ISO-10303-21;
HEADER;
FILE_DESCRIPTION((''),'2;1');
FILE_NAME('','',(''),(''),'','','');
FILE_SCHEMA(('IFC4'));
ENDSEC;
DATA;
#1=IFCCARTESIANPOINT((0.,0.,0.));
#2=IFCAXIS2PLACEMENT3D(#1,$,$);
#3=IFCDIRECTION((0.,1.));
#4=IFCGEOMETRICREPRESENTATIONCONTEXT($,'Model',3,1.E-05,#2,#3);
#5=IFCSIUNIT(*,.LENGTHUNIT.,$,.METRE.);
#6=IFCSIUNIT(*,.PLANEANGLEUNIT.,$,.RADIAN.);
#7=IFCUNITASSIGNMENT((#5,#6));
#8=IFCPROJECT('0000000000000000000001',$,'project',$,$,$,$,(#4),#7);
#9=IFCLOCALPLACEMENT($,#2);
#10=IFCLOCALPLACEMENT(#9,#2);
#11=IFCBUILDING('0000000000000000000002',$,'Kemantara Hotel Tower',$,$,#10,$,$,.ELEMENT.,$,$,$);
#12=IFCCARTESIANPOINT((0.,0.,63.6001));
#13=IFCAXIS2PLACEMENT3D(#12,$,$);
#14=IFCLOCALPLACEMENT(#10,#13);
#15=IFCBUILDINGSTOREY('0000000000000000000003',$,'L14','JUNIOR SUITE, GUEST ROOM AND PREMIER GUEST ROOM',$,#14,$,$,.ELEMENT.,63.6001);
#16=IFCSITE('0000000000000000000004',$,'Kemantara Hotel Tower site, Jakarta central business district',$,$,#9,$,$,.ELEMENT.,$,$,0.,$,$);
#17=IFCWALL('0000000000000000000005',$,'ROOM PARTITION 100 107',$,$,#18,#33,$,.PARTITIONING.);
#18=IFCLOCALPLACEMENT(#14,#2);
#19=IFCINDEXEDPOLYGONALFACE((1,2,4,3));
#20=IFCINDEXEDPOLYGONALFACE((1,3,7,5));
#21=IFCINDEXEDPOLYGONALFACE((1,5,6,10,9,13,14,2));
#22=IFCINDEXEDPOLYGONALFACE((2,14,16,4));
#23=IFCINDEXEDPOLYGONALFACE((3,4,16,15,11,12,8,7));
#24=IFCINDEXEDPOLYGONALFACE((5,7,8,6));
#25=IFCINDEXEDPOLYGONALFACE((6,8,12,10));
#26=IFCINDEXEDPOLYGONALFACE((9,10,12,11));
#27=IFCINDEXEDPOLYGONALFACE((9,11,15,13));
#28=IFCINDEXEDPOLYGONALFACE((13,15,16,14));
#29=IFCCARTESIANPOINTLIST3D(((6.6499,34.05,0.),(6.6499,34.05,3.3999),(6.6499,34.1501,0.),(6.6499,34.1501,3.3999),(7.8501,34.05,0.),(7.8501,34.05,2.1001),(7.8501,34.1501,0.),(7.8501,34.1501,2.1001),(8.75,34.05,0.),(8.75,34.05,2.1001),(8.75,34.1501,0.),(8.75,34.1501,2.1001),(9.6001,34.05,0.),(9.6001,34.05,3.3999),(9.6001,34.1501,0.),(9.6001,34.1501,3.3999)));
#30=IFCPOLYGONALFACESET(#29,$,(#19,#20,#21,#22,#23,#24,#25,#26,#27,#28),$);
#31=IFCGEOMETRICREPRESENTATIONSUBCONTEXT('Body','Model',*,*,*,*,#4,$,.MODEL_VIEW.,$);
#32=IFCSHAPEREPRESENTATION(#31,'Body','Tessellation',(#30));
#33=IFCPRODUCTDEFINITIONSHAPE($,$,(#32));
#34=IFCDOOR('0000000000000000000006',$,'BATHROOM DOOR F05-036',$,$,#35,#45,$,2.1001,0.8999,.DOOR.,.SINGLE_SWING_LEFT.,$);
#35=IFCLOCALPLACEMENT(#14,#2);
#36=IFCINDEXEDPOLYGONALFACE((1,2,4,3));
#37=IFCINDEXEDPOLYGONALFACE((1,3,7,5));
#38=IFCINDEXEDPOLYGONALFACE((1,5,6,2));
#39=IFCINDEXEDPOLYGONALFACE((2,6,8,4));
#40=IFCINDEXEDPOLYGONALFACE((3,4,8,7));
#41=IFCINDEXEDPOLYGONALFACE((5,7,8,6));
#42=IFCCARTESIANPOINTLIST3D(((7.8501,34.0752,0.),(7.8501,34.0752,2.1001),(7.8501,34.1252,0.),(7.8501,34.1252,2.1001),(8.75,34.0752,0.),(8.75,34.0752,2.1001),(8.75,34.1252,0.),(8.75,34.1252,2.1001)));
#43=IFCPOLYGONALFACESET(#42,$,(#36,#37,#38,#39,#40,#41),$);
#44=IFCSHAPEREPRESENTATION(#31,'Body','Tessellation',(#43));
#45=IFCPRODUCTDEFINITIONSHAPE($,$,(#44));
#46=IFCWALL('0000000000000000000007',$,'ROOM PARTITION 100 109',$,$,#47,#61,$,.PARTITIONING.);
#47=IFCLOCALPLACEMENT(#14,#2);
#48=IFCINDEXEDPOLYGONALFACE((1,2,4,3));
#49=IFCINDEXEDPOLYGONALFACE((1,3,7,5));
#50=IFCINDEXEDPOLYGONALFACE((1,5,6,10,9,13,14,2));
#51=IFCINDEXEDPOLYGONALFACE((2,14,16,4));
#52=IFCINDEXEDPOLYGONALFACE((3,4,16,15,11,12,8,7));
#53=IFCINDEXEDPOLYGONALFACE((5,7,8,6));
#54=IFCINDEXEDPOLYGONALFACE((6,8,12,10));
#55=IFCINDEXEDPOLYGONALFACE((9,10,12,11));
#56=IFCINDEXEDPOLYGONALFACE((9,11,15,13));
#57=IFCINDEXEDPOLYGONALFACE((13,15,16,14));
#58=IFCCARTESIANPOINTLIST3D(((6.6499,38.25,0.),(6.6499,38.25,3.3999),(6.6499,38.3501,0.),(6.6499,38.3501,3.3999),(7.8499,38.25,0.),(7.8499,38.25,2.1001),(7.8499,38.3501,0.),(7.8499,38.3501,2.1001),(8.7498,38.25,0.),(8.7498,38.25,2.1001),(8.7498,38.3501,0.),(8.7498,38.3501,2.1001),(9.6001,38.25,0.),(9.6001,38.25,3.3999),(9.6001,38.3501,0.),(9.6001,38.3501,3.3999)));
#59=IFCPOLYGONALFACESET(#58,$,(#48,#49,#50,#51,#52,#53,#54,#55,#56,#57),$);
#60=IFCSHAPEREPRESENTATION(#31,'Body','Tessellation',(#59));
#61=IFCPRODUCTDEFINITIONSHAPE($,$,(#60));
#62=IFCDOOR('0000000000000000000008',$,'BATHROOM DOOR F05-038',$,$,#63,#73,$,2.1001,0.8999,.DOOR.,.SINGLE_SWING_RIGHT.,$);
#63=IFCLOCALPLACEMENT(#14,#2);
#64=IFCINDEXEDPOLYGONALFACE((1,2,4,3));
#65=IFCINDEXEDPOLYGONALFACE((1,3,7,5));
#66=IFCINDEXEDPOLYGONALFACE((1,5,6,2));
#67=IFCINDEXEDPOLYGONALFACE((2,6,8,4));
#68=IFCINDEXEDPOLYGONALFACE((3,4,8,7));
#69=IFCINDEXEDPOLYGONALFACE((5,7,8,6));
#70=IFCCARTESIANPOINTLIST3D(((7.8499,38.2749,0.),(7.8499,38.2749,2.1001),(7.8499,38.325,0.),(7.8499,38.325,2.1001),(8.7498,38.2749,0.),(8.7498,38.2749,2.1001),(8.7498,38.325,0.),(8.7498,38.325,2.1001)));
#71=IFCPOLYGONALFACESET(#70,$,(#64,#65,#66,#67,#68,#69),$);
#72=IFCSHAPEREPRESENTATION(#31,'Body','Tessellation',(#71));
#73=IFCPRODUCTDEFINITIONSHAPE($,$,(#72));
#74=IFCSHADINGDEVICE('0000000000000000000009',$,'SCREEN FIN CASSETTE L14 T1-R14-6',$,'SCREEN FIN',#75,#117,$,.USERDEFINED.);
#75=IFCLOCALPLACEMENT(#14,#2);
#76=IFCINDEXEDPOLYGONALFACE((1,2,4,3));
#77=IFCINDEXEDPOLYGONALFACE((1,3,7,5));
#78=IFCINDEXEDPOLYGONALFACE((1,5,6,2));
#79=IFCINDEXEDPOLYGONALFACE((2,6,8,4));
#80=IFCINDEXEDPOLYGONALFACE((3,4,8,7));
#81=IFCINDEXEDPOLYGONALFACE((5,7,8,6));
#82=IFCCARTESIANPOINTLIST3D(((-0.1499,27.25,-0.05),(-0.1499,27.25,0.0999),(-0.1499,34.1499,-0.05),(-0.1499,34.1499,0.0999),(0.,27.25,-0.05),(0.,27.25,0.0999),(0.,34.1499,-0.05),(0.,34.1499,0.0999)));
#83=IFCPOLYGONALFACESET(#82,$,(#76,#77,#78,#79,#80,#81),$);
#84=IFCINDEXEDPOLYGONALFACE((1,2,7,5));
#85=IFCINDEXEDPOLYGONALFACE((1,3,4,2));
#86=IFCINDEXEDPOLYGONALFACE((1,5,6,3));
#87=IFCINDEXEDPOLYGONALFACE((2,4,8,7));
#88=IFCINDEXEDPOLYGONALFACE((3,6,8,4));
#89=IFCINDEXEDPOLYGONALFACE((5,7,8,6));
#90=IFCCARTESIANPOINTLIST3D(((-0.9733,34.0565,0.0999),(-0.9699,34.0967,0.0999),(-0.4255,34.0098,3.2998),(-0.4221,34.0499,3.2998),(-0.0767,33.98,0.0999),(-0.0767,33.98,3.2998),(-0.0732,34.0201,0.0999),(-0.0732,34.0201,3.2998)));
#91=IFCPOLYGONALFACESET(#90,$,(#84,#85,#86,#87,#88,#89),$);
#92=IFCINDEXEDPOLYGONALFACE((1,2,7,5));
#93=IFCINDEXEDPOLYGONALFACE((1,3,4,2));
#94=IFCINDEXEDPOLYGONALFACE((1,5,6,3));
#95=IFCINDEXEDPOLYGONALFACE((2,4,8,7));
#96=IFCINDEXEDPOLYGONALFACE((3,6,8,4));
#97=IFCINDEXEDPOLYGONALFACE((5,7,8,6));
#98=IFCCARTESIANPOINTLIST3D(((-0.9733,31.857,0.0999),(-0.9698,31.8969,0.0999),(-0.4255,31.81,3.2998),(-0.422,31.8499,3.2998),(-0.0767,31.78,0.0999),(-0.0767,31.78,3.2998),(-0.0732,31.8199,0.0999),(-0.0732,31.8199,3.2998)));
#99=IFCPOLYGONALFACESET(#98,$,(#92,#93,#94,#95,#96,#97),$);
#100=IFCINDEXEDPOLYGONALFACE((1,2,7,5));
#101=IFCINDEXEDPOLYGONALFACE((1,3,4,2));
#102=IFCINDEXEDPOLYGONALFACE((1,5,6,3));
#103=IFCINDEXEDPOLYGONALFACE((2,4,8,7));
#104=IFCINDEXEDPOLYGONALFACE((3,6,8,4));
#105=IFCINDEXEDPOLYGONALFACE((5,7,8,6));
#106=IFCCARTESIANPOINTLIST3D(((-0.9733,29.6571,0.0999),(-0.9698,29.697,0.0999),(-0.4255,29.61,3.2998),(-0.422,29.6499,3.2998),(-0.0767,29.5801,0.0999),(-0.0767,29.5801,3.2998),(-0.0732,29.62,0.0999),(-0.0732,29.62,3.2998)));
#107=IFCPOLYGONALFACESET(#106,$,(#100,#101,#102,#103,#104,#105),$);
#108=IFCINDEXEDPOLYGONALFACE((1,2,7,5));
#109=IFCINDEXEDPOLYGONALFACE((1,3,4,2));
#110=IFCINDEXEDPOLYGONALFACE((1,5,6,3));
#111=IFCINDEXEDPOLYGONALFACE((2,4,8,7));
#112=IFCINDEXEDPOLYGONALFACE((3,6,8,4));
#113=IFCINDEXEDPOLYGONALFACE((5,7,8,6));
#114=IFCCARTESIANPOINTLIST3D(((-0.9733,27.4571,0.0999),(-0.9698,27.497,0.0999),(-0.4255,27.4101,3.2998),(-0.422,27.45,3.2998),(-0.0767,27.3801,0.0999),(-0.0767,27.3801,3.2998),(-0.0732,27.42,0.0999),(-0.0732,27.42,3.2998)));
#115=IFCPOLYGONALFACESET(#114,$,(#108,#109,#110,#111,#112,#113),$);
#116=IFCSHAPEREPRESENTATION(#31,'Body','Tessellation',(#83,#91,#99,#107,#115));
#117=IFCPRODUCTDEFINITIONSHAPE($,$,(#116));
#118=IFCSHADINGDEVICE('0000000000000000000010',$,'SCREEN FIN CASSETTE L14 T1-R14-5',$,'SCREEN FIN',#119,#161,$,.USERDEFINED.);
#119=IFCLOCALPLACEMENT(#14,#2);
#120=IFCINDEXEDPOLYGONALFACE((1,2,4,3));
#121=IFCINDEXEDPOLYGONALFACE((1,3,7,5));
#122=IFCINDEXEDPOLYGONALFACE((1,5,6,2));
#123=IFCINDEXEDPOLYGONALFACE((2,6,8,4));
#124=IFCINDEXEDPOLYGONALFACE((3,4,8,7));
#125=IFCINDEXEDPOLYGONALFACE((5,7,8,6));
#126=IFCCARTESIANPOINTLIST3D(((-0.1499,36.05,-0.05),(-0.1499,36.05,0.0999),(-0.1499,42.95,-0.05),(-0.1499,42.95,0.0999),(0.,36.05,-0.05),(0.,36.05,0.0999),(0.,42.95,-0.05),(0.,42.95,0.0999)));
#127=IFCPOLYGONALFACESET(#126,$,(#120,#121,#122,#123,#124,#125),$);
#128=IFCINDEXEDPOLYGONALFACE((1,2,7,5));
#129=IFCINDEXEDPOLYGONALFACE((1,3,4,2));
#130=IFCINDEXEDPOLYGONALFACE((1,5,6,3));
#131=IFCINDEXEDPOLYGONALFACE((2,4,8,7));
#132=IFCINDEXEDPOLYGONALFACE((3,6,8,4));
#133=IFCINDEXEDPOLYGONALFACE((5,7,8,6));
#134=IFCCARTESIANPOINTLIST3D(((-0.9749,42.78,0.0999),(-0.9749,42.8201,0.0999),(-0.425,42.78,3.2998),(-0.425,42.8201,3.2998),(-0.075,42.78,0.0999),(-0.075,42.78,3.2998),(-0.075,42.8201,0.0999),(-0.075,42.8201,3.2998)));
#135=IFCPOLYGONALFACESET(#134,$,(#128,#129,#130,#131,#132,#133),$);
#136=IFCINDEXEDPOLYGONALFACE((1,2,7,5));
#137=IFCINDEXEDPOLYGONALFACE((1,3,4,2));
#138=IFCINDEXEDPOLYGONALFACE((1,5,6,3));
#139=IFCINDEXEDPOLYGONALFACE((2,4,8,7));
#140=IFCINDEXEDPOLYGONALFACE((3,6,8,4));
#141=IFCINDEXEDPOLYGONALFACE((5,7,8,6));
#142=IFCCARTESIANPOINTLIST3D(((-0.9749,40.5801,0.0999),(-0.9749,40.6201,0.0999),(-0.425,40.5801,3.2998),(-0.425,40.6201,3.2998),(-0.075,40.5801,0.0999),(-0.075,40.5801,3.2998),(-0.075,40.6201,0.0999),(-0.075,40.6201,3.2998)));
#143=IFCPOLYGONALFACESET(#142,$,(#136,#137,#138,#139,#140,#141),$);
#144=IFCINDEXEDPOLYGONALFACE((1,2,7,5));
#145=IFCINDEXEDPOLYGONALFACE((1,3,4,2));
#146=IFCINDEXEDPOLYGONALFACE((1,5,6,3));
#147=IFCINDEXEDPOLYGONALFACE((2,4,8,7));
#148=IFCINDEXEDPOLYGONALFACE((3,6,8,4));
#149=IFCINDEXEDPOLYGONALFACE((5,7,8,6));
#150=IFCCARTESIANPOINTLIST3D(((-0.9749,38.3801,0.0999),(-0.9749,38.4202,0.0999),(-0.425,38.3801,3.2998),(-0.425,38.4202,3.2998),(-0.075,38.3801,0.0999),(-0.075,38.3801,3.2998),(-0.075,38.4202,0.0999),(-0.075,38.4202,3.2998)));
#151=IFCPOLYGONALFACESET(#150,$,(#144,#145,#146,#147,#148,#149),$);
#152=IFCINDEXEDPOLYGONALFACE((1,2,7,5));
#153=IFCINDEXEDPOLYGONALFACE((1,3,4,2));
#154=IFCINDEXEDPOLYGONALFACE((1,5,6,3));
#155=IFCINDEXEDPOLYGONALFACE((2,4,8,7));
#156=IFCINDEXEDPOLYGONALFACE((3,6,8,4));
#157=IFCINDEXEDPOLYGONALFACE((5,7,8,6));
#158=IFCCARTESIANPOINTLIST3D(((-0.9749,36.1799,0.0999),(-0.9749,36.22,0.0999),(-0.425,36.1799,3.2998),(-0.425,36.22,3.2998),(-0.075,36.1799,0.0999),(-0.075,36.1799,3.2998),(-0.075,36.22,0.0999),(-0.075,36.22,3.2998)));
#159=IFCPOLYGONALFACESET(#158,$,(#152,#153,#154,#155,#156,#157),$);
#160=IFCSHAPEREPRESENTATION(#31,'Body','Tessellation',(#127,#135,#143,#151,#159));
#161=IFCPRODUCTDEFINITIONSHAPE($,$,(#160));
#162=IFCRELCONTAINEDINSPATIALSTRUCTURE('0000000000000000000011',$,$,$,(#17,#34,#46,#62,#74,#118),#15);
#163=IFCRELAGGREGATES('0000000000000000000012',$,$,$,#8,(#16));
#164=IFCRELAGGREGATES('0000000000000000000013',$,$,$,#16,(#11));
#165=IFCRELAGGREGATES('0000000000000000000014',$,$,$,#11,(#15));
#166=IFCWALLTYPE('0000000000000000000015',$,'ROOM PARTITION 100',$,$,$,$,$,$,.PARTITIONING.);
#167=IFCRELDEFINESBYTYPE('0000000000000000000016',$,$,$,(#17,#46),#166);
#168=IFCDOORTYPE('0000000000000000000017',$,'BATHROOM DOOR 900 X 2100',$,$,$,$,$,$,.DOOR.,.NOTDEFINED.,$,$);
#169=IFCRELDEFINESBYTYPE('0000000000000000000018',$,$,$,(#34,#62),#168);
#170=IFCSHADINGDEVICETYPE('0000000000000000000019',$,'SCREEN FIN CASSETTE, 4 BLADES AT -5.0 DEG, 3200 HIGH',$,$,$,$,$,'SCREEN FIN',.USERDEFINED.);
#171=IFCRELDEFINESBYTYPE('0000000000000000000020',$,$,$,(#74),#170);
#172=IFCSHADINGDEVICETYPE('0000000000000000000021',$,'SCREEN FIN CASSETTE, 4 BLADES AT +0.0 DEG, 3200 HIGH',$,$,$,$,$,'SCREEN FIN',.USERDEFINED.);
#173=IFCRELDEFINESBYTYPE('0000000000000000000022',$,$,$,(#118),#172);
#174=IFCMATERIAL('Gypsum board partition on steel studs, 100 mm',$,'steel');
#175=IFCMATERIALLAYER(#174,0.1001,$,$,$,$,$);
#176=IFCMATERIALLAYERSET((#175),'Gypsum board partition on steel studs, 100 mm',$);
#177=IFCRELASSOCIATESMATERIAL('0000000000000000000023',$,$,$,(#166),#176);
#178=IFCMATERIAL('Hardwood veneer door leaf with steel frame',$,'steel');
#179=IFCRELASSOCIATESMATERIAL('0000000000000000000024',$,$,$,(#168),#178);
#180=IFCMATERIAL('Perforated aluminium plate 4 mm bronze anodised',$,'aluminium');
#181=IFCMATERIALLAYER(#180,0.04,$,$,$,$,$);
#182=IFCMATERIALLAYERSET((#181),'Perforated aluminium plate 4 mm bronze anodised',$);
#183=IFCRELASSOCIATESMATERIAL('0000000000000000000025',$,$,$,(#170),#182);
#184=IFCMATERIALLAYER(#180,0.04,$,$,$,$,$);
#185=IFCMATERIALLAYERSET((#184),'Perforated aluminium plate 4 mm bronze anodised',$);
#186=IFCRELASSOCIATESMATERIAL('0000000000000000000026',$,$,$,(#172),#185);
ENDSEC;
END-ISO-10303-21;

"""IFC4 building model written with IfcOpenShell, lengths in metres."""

from ifc_helpers import new_model, si_unit, direction, frame, frame_2d, origin, origin_2d, place, context, subcontext, project, spatial, polyline, rectangle, outline, extrude, source, transform, mapped, material, layer, layer_set, type_object, element, fill, save


model = new_model("IFC4")

# Units and contexts
model_context = context("Model", 3, precision=1e-05, world=origin(), true_north=direction((0.0, 1.0)))
body_context = subcontext(model_context, "Body", "Model", "MODEL_VIEW")
ifc_project = project(units=[si_unit("LENGTHUNIT", "METRE"), si_unit("PLANEANGLEUNIT", "RADIAN")], contexts=[model_context])

# Site, building, storey
site_placement = place(None, origin())
site = spatial("IfcSite", under=ifc_project, at=site_placement, Name="Kemantara Hotel Tower site, Jakarta central business district", CompositionType="ELEMENT", RefElevation=0.0)
building_placement = place(site_placement, origin())
building = spatial("IfcBuilding", under=site, at=building_placement, Name="Kemantara Hotel Tower", CompositionType="ELEMENT")
storey_placement = place(building_placement, frame((0.0, 0.0, 63.6001)))
storey = spatial("IfcBuildingStorey", under=building, at=storey_placement, Name="L14", Description="JUNIOR SUITE, GUEST ROOM AND PREMIER GUEST ROOM", CompositionType="ELEMENT", Elevation=63.6001)

# Shared definitions
ifc_material_1 = material(Name="Hardwood veneer door leaf with steel frame", Category="steel")

# Shared definitions
ifc_material_2 = material(Name="Gypsum board partition on steel studs, 100 mm", Category="steel")
ifc_layer_1 = layer(ifc_material_2, 0.1001)
ifc_layer_set_1 = layer_set([ifc_layer_1], Name="Gypsum board partition on steel studs, 100 mm")
wall_type_1 = type_object("IfcWallType", Name="ROOM PARTITION 100", PredefinedType="PARTITIONING", material=ifc_layer_set_1)

# Walls, openings, doors
wall_1_placement = place(storey_placement, frame((9.6001, 34.1001, 0.0), z_axis=(0.0, 0.0, 1.0), x_axis=(-1.0, 0.0, 0.0)))
wall_1 = element("IfcWall", 1, at=wall_1_placement, inside=storey, type_object=wall_type_1, Name="ROOM PARTITION 100 107", PredefinedType="PARTITIONING", context=body_context, shape_type="SweptSolid", body=[
    extrude(rectangle(XDim=2.9502, YDim=0.1001, at=frame_2d((1.4751, 0.0))), origin(), (0.0, 0.0, 1.0), 3.3999),
])
opening_1_placement = place(wall_1_placement, frame((0.8501, 0.0, 0.0)))
opening_1 = element("IfcOpeningElement", 2, at=opening_1_placement, cuts=wall_1, PredefinedType="OPENING", context=body_context, shape_type="SweptSolid", body=[
    extrude(rectangle(XDim=0.8999, YDim=2.1001, at=frame_2d((0.45, 1.05))), frame((0.0, 0.0601, 0.0), z_axis=(0.0, -1.0, 0.0), x_axis=(1.0, 0.0, 0.0)), (0.0, 0.0, 1.0), 0.1201),
])
door_type_1 = type_object("IfcDoorType", Name="BATHROOM DOOR 900 X 2100", OperationType="NOTDEFINED", PredefinedType="DOOR", material=ifc_material_1)
door_1_placement = place(opening_1_placement, origin())
door_1 = element("IfcDoor", 3, at=door_1_placement, inside=storey, type_object=door_type_1, Name="BATHROOM DOOR F05-036", OperationType="SINGLE_SWING_LEFT", OverallHeight=2.1001, OverallWidth=0.8999, PredefinedType="DOOR", context=body_context, shape_type="SweptSolid", body=[
    extrude(rectangle(XDim=0.8999, YDim=2.1001, at=frame_2d((0.45, 1.05))), frame((0.0, 0.0249, 0.0), z_axis=(0.0, -1.0, 0.0), x_axis=(1.0, 0.0, 0.0)), (0.0, 0.0, 1.0), 0.05),
])
fill(opening_1, door_1)
wall_2_placement = place(storey_placement, frame((6.6499, 38.3, 0.0), z_axis=(0.0, 0.0, 1.0), x_axis=(1.0, 0.0, 0.0)))
wall_2 = element("IfcWall", 4, at=wall_2_placement, inside=storey, type_object=wall_type_1, Name="ROOM PARTITION 100 109", PredefinedType="PARTITIONING", context=body_context, shape_type="SweptSolid", body=[
    extrude(rectangle(XDim=2.9502, YDim=0.1001, at=frame_2d((1.4751, 0.0))), origin(), (0.0, 0.0, 1.0), 3.3999),
])
opening_2_placement = place(wall_2_placement, frame((1.2, 0.0, 0.0)))
opening_2 = element("IfcOpeningElement", 5, at=opening_2_placement, cuts=wall_2, PredefinedType="OPENING", context=body_context, shape_type="SweptSolid", body=[
    extrude(rectangle(XDim=0.8999, YDim=2.1001, at=frame_2d((0.45, 1.05))), frame((0.0, 0.0601, 0.0), z_axis=(0.0, -1.0, 0.0), x_axis=(1.0, 0.0, 0.0)), (0.0, 0.0, 1.0), 0.1201),
])
door_2_placement = place(opening_2_placement, origin())
door_2 = element("IfcDoor", 6, at=door_2_placement, inside=storey, type_object=door_type_1, Name="BATHROOM DOOR F05-038", OperationType="SINGLE_SWING_RIGHT", OverallHeight=2.1001, OverallWidth=0.8999, PredefinedType="DOOR", context=body_context, shape_type="SweptSolid", body=[
    extrude(rectangle(XDim=0.8999, YDim=2.1001, at=frame_2d((0.45, 1.05))), frame((0.0, 0.0249, 0.0), z_axis=(0.0, -1.0, 0.0), x_axis=(1.0, 0.0, 0.0)), (0.0, 0.0, 1.0), 0.05),
])
fill(opening_2, door_2)

# Shading devices
ifc_material_3 = material(Name="Perforated aluminium plate 4 mm bronze anodised", Category="aluminium")
ifc_layer_2 = layer(ifc_material_3, 0.04)
ifc_layer_set_2 = layer_set([ifc_layer_2], Name="Perforated aluminium plate 4 mm bronze anodised")
shading_device_type_1 = type_object("IfcShadingDeviceType", Name="SCREEN FIN CASSETTE, 4 BLADES AT -5.0 DEG, 3200 HIGH", ElementType="SCREEN FIN", PredefinedType="USERDEFINED", material=ifc_layer_set_2)
shared_shape_1 = source(origin(), body_context, "Body", "SweptSolid", [
    extrude(rectangle(XDim=6.8999, YDim=0.1499, at=origin_2d()), frame((3.3, -0.075, -0.1499), z_axis=(0.0, 0.0, 1.0), x_axis=(1.0, 0.0, 0.0)), (0.0, 0.0, 1.0), 0.1499),
    extrude(outline(polyline([(0.0, 0.0), (0.8999, 0.0), (0.3501, 3.2), (0.0, 3.2), (0.0, 0.0)])), frame((0.02, -0.0767, 0.0), z_axis=(-0.996376, 0.085056, 0.0), x_axis=(-0.085056, -0.996376, 0.0)), (0.0, 0.0, 1.0), 0.0403),
    extrude(outline(polyline([(0.0, 0.0), (0.8999, 0.0), (0.3501, 3.2), (0.0, 3.2), (0.0, 0.0)])), frame((2.22, -0.0767, 0.0), z_axis=(-0.996332, 0.085575, 0.0), x_axis=(-0.085575, -0.996332, 0.0)), (0.0, 0.0, 1.0), 0.04),
    extrude(outline(polyline([(0.0, 0.0), (0.8999, 0.0), (0.3501, 3.2), (0.0, 3.2), (0.0, 0.0)])), frame((4.4199, -0.0767, 0.0), z_axis=(-0.996332, 0.085575, 0.0), x_axis=(-0.085575, -0.996332, 0.0)), (0.0, 0.0, 1.0), 0.04),
    extrude(outline(polyline([(0.0, 0.0), (0.8999, 0.0), (0.3501, 3.2), (0.0, 3.2), (0.0, 0.0)])), frame((6.6199, -0.0767, 0.0), z_axis=(-0.996332, 0.085575, 0.0), x_axis=(-0.085575, -0.996332, 0.0)), (0.0, 0.0, 1.0), 0.04),
])
shading_device_1_placement = place(storey_placement, frame((0.0, 34.0, 0.0999), z_axis=(0.0, 0.0, 1.0), x_axis=(0.0, -1.0, 0.0)))
element("IfcShadingDevice", 7, at=shading_device_1_placement, inside=storey, type_object=shading_device_type_1, Name="SCREEN FIN CASSETTE L14 T1-R14-6", ObjectType="SCREEN FIN", PredefinedType="USERDEFINED", context=body_context, shape_type="MappedRepresentation", body=[
    mapped(shared_shape_1, transform((0.0, 0.0, 0.0))),
])
ifc_layer_3 = layer(ifc_material_3, 0.04)
ifc_layer_set_3 = layer_set([ifc_layer_3], Name="Perforated aluminium plate 4 mm bronze anodised")
shading_device_type_2 = type_object("IfcShadingDeviceType", Name="SCREEN FIN CASSETTE, 4 BLADES AT +0.0 DEG, 3200 HIGH", ElementType="SCREEN FIN", PredefinedType="USERDEFINED", material=ifc_layer_set_3)
shared_shape_2 = source(origin(), body_context, "Body", "SweptSolid", [
    extrude(rectangle(XDim=6.8999, YDim=0.1499, at=origin_2d()), frame((3.3, -0.075, -0.1499), z_axis=(0.0, 0.0, 1.0), x_axis=(1.0, 0.0, 0.0)), (0.0, 0.0, 1.0), 0.1499),
    extrude(outline(polyline([(0.0, 0.0), (0.8999, 0.0), (0.3501, 3.2), (0.0, 3.2), (0.0, 0.0)])), frame((0.02, -0.075, 0.0), z_axis=(-1.0, 0.0, 0.0), x_axis=(0.0, -1.0, 0.0)), (0.0, 0.0, 1.0), 0.04),
    extrude(outline(polyline([(0.0, 0.0), (0.8999, 0.0), (0.3501, 3.2), (0.0, 3.2), (0.0, 0.0)])), frame((2.22, -0.075, 0.0), z_axis=(-1.0, 0.0, 0.0), x_axis=(0.0, -1.0, 0.0)), (0.0, 0.0, 1.0), 0.04),
    extrude(outline(polyline([(0.0, 0.0), (0.8999, 0.0), (0.3501, 3.2), (0.0, 3.2), (0.0, 0.0)])), frame((4.4199, -0.075, 0.0), z_axis=(-1.0, 0.0, 0.0), x_axis=(0.0, -1.0, 0.0)), (0.0, 0.0, 1.0), 0.04),
    extrude(outline(polyline([(0.0, 0.0), (0.8999, 0.0), (0.3501, 3.2), (0.0, 3.2), (0.0, 0.0)])), frame((6.6201, -0.075, 0.0), z_axis=(-1.0, 0.0, 0.0), x_axis=(0.0, -1.0, 0.0)), (0.0, 0.0, 1.0), 0.04),
])
shading_device_2_placement = place(storey_placement, frame((0.0, 42.8, 0.0999), z_axis=(0.0, 0.0, 1.0), x_axis=(0.0, -1.0, 0.0)))
element("IfcShadingDevice", 8, at=shading_device_2_placement, inside=storey, type_object=shading_device_type_2, Name="SCREEN FIN CASSETTE L14 T1-R14-5", ObjectType="SCREEN FIN", PredefinedType="USERDEFINED", context=body_context, shape_type="MappedRepresentation", body=[
    mapped(shared_shape_2, transform((0.0, 0.0, 0.0))),
])

save(model, "model.ifc")
